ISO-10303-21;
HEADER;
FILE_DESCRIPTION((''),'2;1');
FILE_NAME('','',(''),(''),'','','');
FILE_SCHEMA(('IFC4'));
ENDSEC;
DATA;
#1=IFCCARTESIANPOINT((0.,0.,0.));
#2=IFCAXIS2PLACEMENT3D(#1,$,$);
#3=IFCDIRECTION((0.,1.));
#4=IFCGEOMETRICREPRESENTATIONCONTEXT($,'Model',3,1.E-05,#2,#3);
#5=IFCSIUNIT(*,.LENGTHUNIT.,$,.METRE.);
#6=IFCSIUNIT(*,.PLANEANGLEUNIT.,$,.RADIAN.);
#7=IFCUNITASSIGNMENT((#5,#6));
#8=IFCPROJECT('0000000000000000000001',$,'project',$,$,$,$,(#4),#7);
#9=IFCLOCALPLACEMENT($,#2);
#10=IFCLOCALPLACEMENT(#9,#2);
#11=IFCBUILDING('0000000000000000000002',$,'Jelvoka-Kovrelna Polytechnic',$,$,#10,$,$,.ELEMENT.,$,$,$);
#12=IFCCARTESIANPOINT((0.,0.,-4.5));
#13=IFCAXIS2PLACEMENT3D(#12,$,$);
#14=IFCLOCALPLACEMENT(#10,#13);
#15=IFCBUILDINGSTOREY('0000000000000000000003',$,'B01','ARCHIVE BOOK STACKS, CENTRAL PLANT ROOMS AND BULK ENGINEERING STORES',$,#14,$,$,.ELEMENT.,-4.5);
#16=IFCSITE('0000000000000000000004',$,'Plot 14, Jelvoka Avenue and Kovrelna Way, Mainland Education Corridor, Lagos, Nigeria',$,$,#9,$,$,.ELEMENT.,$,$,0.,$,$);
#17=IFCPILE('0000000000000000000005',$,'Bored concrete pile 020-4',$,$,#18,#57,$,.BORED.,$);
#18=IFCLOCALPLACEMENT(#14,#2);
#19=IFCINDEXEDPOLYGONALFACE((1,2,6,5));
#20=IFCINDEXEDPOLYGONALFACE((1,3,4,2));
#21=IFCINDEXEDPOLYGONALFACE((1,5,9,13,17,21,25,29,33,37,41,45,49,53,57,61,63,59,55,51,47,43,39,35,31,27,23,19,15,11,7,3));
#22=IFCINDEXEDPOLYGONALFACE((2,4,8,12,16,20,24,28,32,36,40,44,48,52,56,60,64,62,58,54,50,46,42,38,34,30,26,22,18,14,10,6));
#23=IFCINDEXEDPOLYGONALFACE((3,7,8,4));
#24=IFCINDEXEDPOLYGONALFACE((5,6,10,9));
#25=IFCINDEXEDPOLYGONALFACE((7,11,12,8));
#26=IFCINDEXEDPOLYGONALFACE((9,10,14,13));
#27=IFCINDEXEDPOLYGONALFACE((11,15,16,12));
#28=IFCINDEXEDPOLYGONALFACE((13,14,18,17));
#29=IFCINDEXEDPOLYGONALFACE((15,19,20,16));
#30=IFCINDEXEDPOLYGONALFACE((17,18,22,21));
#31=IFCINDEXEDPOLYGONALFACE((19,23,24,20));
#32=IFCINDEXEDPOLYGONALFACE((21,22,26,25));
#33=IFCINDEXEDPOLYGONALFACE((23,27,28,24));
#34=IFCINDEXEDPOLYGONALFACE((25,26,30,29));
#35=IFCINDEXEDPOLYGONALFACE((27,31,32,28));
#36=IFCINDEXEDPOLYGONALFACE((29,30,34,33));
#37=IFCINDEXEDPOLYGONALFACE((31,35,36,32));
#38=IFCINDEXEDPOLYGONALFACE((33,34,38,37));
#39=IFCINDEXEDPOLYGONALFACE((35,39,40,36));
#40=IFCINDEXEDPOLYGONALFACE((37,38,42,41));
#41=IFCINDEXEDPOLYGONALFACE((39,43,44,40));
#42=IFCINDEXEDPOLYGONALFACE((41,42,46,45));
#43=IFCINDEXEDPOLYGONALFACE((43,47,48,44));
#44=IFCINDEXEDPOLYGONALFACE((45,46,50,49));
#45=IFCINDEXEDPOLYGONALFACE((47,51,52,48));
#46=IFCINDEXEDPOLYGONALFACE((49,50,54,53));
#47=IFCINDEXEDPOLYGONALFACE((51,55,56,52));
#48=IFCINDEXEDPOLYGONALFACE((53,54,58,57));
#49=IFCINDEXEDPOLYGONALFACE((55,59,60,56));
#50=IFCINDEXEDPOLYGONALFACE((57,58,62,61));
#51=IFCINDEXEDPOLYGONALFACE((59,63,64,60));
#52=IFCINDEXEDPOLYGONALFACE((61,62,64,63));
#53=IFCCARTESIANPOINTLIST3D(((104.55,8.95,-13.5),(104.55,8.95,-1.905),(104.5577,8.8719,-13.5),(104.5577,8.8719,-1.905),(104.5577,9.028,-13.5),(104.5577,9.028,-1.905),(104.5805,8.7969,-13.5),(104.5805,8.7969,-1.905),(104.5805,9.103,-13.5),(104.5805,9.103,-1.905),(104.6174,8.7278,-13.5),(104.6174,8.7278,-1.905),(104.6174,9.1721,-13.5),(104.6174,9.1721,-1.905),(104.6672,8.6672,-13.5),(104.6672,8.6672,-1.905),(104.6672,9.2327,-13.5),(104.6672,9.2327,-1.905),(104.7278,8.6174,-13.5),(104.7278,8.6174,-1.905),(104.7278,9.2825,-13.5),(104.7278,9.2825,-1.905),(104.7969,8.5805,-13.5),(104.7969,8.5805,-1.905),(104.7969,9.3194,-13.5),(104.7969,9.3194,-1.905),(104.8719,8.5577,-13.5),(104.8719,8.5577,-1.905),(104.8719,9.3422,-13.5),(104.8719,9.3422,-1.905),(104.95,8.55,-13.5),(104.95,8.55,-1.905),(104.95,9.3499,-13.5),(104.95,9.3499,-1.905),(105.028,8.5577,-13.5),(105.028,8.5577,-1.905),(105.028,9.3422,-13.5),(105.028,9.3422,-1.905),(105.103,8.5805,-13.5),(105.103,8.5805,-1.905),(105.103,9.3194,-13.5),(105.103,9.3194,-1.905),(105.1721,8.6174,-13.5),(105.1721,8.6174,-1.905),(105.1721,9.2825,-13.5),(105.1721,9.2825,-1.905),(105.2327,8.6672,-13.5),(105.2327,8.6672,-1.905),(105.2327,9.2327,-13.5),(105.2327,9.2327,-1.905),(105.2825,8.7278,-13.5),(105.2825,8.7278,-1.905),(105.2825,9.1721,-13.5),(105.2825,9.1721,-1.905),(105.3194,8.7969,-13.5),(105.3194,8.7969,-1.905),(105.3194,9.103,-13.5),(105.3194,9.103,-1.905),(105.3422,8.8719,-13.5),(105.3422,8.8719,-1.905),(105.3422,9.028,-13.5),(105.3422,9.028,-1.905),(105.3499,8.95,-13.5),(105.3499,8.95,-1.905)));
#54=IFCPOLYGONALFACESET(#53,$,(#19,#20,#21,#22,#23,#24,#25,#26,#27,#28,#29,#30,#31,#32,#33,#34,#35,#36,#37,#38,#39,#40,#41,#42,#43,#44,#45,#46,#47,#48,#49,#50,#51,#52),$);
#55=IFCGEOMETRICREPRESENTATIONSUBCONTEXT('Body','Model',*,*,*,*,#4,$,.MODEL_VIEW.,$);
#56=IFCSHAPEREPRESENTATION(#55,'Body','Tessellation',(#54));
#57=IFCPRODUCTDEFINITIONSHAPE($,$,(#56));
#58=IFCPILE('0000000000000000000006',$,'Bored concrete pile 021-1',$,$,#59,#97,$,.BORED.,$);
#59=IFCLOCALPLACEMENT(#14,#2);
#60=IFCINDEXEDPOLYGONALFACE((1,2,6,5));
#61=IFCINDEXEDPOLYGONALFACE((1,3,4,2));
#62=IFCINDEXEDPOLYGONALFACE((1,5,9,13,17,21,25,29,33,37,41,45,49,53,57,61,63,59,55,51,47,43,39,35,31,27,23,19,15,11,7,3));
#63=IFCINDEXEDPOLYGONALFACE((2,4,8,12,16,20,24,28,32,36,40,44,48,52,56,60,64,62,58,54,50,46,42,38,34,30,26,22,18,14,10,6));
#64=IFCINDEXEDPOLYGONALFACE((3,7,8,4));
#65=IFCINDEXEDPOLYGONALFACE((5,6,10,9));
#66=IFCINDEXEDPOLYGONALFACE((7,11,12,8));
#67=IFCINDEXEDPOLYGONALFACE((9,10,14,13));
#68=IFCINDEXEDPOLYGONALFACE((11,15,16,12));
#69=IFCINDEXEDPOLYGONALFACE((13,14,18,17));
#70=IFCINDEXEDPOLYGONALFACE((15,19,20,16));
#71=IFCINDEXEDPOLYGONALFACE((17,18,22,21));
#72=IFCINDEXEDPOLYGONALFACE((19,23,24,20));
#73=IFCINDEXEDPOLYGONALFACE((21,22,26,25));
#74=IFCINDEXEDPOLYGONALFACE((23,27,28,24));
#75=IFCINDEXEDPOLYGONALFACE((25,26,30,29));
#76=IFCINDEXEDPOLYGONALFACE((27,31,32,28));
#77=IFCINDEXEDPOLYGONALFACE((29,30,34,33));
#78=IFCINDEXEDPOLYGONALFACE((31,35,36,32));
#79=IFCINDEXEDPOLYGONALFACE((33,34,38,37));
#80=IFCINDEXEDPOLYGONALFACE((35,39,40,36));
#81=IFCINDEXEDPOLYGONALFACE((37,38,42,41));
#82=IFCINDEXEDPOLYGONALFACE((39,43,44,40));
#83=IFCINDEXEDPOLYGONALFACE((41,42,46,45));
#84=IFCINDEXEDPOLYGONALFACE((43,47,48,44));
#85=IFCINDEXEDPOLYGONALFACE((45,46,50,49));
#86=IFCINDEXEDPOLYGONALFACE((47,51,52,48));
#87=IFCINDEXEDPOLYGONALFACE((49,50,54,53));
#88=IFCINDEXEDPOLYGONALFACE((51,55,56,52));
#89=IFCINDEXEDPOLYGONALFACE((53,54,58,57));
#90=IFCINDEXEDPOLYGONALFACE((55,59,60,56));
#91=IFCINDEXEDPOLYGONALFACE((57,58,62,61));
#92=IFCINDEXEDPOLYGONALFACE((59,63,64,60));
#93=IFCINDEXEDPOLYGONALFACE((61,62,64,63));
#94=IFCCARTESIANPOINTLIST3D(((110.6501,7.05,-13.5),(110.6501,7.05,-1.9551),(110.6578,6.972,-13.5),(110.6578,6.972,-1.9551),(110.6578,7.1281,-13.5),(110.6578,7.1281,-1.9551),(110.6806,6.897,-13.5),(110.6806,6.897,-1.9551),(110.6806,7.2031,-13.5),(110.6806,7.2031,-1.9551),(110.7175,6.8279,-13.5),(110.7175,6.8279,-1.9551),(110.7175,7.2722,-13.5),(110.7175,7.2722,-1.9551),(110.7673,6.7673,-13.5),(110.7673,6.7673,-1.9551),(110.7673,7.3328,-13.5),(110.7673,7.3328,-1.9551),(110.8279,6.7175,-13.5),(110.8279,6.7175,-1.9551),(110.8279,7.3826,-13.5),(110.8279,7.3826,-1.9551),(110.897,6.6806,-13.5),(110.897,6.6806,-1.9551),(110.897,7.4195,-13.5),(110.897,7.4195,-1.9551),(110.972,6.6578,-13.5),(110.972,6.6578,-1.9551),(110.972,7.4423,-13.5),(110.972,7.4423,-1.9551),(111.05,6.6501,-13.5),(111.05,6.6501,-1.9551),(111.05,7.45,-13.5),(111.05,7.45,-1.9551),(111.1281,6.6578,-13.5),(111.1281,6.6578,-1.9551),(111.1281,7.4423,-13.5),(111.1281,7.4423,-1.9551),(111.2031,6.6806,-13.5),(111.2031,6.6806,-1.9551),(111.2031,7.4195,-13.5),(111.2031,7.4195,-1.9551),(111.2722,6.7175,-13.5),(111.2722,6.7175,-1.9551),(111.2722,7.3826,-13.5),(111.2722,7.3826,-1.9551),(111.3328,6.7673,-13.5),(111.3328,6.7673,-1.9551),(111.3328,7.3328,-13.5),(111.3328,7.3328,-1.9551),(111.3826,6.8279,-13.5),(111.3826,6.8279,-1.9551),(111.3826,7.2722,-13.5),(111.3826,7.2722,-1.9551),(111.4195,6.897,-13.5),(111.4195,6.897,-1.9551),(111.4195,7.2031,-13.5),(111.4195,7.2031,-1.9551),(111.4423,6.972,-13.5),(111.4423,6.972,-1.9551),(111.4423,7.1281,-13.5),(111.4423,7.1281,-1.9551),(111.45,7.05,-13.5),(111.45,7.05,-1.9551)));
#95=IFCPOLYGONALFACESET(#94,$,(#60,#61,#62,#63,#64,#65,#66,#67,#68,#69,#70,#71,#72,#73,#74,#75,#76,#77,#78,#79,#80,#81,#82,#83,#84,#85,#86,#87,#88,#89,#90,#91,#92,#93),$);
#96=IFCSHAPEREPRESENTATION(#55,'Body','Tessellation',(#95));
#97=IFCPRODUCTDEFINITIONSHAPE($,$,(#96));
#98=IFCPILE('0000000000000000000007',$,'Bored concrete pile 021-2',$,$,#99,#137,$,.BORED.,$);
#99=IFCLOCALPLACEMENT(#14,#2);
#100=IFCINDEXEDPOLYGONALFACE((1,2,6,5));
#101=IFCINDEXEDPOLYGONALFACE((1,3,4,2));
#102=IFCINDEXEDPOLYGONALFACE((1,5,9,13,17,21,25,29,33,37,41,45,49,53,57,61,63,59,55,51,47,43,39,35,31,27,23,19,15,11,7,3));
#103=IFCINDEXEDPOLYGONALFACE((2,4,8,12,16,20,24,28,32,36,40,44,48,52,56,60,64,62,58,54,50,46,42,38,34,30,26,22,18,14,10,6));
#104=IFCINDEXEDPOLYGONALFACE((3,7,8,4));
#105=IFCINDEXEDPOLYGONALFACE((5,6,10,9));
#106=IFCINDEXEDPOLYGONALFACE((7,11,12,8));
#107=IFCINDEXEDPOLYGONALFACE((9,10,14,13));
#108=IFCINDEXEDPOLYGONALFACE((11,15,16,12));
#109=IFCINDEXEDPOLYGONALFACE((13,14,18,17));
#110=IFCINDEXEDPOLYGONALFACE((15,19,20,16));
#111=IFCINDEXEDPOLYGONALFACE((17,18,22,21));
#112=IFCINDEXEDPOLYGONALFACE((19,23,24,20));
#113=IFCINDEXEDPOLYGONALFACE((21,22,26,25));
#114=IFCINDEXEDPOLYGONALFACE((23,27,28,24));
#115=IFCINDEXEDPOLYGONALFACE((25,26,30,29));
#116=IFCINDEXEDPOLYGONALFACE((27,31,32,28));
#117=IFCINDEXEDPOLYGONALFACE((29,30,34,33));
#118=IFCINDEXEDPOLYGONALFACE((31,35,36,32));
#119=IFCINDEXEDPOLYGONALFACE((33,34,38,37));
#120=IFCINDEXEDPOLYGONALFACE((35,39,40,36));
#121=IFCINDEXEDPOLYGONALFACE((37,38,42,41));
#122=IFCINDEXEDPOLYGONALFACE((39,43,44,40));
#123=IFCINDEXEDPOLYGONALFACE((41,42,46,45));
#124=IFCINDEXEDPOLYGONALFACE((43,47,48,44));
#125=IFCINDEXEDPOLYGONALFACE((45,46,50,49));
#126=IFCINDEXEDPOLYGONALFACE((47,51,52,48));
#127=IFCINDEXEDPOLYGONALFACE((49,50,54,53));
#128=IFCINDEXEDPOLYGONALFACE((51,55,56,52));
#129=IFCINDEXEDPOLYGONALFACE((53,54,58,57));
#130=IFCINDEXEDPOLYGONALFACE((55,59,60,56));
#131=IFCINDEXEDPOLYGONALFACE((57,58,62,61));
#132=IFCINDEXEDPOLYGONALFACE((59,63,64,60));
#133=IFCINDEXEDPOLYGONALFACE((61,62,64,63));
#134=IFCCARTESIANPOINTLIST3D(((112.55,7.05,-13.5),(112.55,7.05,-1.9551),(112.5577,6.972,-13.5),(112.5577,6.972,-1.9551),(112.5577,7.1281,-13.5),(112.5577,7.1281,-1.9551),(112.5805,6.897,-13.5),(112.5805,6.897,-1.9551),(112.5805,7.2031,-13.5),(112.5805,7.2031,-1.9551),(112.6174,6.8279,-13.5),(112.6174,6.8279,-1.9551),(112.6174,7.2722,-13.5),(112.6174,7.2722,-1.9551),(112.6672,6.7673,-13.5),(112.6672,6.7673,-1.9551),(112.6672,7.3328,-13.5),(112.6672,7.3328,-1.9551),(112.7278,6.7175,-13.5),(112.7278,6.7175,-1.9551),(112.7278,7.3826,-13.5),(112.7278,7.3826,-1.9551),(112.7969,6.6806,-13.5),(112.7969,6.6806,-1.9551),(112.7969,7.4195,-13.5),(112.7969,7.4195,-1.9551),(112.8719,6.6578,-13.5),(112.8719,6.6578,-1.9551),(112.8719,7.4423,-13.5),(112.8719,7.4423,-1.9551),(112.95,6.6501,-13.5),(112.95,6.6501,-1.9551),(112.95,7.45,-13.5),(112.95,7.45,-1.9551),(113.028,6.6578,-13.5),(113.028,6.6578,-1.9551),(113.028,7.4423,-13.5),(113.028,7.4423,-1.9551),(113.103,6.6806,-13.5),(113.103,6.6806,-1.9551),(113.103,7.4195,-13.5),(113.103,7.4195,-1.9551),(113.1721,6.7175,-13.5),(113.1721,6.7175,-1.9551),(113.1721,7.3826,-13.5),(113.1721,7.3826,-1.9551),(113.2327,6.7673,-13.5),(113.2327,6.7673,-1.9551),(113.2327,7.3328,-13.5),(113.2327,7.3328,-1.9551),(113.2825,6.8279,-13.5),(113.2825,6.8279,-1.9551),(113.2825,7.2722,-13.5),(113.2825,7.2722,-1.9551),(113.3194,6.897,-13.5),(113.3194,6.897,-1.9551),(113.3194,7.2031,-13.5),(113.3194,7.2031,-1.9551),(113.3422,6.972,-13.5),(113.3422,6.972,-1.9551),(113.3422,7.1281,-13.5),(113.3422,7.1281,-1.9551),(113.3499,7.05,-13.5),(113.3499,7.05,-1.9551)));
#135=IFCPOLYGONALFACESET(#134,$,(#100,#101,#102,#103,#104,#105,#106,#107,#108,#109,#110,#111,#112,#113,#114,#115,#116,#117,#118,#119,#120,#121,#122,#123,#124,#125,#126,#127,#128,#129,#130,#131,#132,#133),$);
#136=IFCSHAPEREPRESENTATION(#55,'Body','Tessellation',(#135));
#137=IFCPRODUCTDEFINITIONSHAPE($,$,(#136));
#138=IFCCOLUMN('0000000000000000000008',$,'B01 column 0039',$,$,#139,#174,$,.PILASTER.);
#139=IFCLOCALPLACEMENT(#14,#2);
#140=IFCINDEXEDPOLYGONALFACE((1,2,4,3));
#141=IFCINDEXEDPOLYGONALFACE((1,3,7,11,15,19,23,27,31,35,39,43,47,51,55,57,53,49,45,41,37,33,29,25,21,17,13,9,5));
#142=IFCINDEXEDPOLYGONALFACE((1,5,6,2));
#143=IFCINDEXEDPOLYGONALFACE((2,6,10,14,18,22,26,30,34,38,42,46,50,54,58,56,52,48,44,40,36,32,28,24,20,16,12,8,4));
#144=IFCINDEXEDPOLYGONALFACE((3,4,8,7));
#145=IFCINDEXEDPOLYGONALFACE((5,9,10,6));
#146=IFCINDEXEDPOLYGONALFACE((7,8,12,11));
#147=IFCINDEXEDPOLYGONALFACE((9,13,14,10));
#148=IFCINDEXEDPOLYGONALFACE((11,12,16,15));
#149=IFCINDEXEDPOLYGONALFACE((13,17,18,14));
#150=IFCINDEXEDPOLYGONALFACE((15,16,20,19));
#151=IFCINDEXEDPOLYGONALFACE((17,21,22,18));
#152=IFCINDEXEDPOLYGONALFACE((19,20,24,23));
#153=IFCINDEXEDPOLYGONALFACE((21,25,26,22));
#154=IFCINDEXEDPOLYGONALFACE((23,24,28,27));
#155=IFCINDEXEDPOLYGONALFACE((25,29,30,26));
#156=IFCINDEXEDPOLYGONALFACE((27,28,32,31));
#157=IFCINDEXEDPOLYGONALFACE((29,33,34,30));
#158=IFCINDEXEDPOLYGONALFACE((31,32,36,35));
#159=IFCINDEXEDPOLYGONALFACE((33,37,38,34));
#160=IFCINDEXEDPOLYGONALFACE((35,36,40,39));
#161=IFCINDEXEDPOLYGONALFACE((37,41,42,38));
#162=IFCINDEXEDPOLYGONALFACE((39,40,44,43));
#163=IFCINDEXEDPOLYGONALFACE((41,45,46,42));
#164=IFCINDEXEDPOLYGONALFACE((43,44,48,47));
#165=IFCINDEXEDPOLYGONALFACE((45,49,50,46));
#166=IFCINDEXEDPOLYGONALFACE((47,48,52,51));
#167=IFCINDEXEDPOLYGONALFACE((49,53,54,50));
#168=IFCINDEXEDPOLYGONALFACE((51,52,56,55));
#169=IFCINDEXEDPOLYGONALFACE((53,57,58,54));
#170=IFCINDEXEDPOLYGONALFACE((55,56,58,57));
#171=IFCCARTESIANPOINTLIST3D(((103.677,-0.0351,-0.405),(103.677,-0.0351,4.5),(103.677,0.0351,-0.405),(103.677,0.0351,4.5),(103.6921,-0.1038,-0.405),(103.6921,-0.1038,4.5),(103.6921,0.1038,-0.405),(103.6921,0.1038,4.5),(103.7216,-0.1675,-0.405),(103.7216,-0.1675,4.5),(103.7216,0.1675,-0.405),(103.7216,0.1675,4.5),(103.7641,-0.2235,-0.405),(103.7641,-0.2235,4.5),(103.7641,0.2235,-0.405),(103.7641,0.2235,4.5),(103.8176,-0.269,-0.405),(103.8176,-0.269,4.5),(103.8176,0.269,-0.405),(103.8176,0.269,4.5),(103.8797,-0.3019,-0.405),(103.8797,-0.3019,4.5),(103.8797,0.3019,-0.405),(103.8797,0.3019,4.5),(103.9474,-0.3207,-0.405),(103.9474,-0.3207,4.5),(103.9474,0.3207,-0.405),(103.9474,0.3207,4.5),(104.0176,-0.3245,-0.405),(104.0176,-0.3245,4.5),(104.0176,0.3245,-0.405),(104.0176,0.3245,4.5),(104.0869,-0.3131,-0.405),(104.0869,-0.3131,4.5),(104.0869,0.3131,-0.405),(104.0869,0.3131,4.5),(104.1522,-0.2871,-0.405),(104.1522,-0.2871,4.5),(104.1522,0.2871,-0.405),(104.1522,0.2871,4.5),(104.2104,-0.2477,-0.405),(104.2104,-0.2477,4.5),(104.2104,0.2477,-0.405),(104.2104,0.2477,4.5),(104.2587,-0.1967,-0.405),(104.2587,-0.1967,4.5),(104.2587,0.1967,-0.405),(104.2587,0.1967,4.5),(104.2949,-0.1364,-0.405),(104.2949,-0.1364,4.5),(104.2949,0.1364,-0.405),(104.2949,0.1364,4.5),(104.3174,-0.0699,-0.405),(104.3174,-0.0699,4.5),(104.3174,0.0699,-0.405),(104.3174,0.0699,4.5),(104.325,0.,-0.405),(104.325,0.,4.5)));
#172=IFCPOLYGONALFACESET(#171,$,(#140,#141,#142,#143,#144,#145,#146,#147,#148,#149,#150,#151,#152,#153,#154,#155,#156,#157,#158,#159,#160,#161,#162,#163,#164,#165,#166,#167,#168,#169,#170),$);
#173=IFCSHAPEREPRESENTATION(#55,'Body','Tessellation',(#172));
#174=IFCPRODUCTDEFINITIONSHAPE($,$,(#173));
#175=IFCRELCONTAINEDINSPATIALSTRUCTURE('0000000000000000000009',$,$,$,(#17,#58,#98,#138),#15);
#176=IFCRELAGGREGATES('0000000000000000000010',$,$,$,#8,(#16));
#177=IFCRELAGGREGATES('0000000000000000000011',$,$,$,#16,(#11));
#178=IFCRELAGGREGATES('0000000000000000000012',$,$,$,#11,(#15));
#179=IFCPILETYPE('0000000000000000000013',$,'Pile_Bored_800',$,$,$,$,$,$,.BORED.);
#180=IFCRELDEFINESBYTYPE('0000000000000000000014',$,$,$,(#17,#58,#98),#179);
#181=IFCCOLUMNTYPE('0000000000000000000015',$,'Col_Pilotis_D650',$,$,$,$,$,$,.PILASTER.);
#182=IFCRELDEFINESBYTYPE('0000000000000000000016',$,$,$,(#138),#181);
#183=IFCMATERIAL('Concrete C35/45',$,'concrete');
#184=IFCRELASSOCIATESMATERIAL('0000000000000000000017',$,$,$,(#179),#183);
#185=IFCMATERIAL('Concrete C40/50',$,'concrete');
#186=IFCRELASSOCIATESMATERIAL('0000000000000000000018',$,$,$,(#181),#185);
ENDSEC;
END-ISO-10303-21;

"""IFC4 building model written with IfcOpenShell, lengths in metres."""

from ifc_helpers import new_model, si_unit, direction, frame, origin, origin_2d, place, context, subcontext, project, spatial, circle, extrude, material, material_profile, profile_set, type_object, element, save


model = new_model("IFC4")

# Units and contexts
model_context = context("Model", 3, precision=1e-05, world=origin(), true_north=direction((0.0, 1.0)))
body_context = subcontext(model_context, "Body", "Model", "MODEL_VIEW")
ifc_project = project(units=[si_unit("LENGTHUNIT", "METRE"), si_unit("PLANEANGLEUNIT", "RADIAN")], contexts=[model_context])

# Site, building, storey
site_placement = place(None, origin())
site = spatial("IfcSite", under=ifc_project, at=site_placement, Name="Plot 14, Jelvoka Avenue and Kovrelna Way, Mainland Education Corridor, Lagos, Nigeria", CompositionType="ELEMENT", RefElevation=0.0)
building_placement = place(site_placement, origin())
building = spatial("IfcBuilding", under=site, at=building_placement, Name="Jelvoka-Kovrelna Polytechnic", CompositionType="ELEMENT")
storey_placement = place(building_placement, frame((0.0, 0.0, -4.5)))
storey = spatial("IfcBuildingStorey", under=building, at=storey_placement, Name="B01", Description="ARCHIVE BOOK STACKS, CENTRAL PLANT ROOMS AND BULK ENGINEERING STORES", CompositionType="ELEMENT", Elevation=-4.5)

# Piles
ifc_material_1 = material(Name="Concrete C35/45", Category="concrete")
ifc_material_profile_1 = material_profile(ifc_material_1, circle(Radius=0.3999, at=origin_2d()), Name="PILE D800")
ifc_profile_set_1 = profile_set([ifc_material_profile_1], Name="Concrete C35/45")
pile_type = type_object("IfcPileType", Name="Pile_Bored_800", PredefinedType="BORED", material=ifc_profile_set_1)
for number, where, z_axis, x_axis, name in (
    (1, (104.95, 8.95, -1.905), (0.0, 0.0, -1.0), (1.0, 0.0, 0.0), "Bored concrete pile 020-4"),
):
    element("IfcPile", number, at=place(storey_placement, frame(where, z_axis=z_axis, x_axis=x_axis)), inside=storey, type_object=pile_type, Name=name, PredefinedType="BORED", context=body_context, shape_type="SweptSolid", body=[
        extrude(circle(Radius=0.3999, at=origin_2d()), origin(), (0.0, 0.0, 1.0), 11.595),
    ])
for number, where, z_axis, x_axis, name in (
    (2, (111.05, 7.05, -1.9551), (0.0, 0.0, -1.0), (1.0, 0.0, 0.0), "Bored concrete pile 021-1"),
    (3, (112.95, 7.05, -1.9551), (0.0, 0.0, -1.0), (1.0, 0.0, 0.0), "Bored concrete pile 021-2"),
):
    element("IfcPile", number, at=place(storey_placement, frame(where, z_axis=z_axis, x_axis=x_axis)), inside=storey, type_object=pile_type, Name=name, PredefinedType="BORED", context=body_context, shape_type="SweptSolid", body=[
        extrude(circle(Radius=0.3999, at=origin_2d()), origin(), (0.0, 0.0, 1.0), 11.5449),
    ])

# Column
ifc_material_2 = material(Name="Concrete C40/50", Category="concrete")
ifc_material_profile_2 = material_profile(ifc_material_2, circle(Radius=0.325, at=origin_2d()), Name="RC D650")
ifc_profile_set_2 = profile_set([ifc_material_profile_2], Name="Concrete C40/50")
column_type_1 = type_object("IfcColumnType", Name="Col_Pilotis_D650", PredefinedType="PILASTER", material=ifc_profile_set_2)
for number, where, z_axis, x_axis, name in (
    (4, (104.0, 0.0, -0.405), (0.0, 0.0, 1.0), (1.0, 0.0, 0.0), "B01 column 0039"),
):
    element("IfcColumn", number, at=place(storey_placement, frame(where, z_axis=z_axis, x_axis=x_axis)), inside=storey, type_object=column_type_1, Name=name, PredefinedType="PILASTER", context=body_context, shape_type="SweptSolid", body=[
        extrude(circle(Radius=0.325, at=origin_2d()), origin(), (0.0, 0.0, 1.0), 4.905),
    ])

save(model, "model.ifc")
